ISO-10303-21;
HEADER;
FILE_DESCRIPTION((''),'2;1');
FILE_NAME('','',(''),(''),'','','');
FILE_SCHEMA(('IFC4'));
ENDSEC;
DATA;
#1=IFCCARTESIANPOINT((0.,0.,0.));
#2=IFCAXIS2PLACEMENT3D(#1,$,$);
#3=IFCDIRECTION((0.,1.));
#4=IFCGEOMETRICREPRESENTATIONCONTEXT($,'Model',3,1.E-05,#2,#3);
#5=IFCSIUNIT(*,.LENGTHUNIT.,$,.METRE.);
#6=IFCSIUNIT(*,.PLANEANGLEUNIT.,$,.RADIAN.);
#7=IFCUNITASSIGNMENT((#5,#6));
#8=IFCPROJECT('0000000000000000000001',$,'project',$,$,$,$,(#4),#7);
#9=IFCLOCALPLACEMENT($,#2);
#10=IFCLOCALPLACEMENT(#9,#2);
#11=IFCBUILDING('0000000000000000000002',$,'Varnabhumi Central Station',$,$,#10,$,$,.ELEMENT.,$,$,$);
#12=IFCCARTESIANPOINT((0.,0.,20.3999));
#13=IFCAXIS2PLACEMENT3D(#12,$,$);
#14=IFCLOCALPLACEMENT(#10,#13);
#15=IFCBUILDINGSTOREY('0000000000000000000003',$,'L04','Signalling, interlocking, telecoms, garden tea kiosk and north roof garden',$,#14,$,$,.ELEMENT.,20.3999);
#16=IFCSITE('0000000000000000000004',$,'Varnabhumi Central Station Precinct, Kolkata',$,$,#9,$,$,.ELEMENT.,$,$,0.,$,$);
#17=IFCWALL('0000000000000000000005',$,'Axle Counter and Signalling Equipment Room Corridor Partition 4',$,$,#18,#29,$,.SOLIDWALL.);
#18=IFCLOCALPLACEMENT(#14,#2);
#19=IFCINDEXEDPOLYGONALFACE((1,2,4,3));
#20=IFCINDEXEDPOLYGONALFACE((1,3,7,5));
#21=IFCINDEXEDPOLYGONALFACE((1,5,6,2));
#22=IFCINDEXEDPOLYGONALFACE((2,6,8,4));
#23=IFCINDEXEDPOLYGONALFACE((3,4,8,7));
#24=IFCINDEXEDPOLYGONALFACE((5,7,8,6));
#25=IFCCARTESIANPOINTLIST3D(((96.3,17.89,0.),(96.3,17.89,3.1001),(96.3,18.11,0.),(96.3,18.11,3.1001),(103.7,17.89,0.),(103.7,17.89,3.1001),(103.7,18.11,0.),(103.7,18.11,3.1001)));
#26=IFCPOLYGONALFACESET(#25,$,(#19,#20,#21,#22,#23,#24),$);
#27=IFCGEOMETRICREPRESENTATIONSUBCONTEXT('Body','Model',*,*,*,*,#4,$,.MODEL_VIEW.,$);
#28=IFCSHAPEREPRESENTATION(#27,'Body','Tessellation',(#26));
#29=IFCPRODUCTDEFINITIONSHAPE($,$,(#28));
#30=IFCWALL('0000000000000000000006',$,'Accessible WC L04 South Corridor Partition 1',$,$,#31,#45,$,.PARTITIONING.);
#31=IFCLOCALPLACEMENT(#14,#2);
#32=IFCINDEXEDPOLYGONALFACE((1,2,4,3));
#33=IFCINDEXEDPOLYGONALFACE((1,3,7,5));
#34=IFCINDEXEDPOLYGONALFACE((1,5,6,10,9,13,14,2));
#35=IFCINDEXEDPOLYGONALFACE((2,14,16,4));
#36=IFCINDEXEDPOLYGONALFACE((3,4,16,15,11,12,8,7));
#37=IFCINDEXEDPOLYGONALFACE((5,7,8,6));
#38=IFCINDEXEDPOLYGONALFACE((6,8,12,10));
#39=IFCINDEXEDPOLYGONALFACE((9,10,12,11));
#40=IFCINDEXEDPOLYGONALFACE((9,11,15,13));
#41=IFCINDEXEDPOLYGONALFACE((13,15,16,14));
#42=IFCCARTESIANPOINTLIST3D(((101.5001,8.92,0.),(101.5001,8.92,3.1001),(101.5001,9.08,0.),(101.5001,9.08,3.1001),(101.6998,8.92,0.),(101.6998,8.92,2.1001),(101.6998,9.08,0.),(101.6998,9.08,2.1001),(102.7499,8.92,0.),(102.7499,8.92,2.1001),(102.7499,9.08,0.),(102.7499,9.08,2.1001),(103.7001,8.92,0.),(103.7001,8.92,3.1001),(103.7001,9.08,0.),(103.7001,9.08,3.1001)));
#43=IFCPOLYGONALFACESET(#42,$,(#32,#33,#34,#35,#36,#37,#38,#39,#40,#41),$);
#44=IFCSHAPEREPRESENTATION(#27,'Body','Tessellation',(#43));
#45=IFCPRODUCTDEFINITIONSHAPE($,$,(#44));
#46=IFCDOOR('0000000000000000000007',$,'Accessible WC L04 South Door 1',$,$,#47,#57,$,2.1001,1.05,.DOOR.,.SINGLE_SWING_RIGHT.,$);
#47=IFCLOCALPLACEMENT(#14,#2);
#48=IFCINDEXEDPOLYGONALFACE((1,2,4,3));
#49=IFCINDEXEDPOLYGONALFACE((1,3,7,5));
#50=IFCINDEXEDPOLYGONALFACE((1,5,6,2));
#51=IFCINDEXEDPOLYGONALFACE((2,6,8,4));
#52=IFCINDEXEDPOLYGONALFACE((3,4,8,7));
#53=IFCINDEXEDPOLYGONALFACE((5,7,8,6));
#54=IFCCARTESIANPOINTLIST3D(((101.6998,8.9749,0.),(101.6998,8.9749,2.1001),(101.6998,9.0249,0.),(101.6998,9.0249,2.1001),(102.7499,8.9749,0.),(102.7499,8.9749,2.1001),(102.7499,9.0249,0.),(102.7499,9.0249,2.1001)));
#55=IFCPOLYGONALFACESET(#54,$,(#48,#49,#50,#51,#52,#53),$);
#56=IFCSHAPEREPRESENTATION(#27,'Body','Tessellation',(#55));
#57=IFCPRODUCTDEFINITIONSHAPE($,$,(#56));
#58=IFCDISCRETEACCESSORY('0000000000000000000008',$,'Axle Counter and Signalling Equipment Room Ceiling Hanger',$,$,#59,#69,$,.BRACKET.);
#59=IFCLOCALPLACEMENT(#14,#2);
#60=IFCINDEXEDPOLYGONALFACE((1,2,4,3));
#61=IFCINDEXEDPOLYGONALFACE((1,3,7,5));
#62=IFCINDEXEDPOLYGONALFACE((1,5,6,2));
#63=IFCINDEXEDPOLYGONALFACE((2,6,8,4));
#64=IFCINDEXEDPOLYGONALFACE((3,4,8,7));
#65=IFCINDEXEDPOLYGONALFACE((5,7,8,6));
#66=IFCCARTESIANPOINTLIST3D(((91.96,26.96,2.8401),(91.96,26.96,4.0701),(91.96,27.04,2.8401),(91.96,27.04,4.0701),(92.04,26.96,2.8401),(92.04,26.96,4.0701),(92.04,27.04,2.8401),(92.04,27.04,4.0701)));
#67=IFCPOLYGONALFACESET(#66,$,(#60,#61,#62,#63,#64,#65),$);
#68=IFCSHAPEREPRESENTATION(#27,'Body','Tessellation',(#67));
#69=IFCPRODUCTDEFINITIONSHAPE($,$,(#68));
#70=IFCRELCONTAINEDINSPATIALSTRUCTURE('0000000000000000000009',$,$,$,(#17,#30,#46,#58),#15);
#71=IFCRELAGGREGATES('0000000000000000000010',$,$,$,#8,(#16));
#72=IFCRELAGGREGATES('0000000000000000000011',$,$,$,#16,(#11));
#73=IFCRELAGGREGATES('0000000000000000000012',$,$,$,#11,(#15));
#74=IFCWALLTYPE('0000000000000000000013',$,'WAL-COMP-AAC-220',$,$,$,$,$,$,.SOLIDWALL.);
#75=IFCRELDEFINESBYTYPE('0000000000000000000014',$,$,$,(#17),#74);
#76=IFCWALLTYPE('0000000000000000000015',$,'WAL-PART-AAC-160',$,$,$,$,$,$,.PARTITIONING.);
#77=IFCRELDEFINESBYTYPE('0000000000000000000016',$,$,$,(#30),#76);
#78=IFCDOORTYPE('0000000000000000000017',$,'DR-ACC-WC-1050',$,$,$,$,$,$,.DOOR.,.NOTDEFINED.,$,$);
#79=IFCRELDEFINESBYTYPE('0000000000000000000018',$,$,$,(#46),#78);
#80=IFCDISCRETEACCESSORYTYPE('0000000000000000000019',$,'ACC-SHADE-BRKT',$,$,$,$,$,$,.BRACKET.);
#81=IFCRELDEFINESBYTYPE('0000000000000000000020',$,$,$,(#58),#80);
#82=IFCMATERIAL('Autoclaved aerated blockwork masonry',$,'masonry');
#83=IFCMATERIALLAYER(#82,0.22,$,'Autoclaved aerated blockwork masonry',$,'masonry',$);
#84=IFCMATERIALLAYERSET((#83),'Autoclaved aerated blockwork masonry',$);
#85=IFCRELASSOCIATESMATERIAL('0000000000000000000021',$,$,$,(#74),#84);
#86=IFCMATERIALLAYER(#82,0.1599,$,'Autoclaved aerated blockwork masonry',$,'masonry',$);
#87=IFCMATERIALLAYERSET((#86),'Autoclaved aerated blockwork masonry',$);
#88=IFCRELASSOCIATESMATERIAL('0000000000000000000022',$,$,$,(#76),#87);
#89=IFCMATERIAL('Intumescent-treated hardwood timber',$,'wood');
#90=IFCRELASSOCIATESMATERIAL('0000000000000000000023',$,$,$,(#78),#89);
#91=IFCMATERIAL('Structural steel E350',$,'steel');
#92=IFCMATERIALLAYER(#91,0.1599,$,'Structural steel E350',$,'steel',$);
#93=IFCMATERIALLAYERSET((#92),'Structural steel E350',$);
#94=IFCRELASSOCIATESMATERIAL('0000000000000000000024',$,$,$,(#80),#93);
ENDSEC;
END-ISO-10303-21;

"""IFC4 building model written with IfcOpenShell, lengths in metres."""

from ifc_helpers import new_model, si_unit, direction, frame, frame_2d, origin, origin_2d, place, context, subcontext, project, spatial, rectangle, extrude, material, layer, layer_set, type_object, element, fill, save


model = new_model("IFC4")

# Units and contexts
model_context = context("Model", 3, precision=1e-05, world=origin(), true_north=direction((0.0, 1.0)))
body_context = subcontext(model_context, "Body", "Model", "MODEL_VIEW")
ifc_project = project(units=[si_unit("LENGTHUNIT", "METRE"), si_unit("PLANEANGLEUNIT", "RADIAN")], contexts=[model_context])

# Site, building, storey
site_placement = place(None, origin())
site = spatial("IfcSite", under=ifc_project, at=site_placement, Name="Varnabhumi Central Station Precinct, Kolkata", CompositionType="ELEMENT", RefElevation=0.0)
building_placement = place(site_placement, origin())
building = spatial("IfcBuilding", under=site, at=building_placement, Name="Varnabhumi Central Station", CompositionType="ELEMENT")
storey_placement = place(building_placement, frame((0.0, 0.0, 20.3999)))
storey = spatial("IfcBuildingStorey", under=building, at=storey_placement, Name="L04", Description="Signalling, interlocking, telecoms, garden tea kiosk and north roof garden", CompositionType="ELEMENT", Elevation=20.3999)

# Shared definitions
ifc_material_1 = material(Name="Structural steel E350", Category="steel")

# Wall
ifc_material_2 = material(Name="Autoclaved aerated blockwork masonry", Category="masonry")
ifc_layer_1 = layer(ifc_material_2, 0.22, Name="Autoclaved aerated blockwork masonry", Category="masonry")
ifc_layer_set_1 = layer_set([ifc_layer_1], Name="Autoclaved aerated blockwork masonry")
wall_type_1 = type_object("IfcWallType", Name="WAL-COMP-AAC-220", PredefinedType="SOLIDWALL", material=ifc_layer_set_1)
for number, where, z_axis, x_axis, name in (
    (1, (96.3, 18.0, 0.0), (0.0, 0.0, 1.0), (1.0, 0.0, 0.0), "Axle Counter and Signalling Equipment Room Corridor Partition 4"),
):
    element("IfcWall", number, at=place(storey_placement, frame(where, z_axis=z_axis, x_axis=x_axis)), inside=storey, type_object=wall_type_1, Name=name, PredefinedType="SOLIDWALL", context=body_context, shape_type="SweptSolid", body=[
        extrude(rectangle(XDim=7.3999, YDim=0.22, at=frame_2d((3.7, 0.0))), origin(), (0.0, 0.0, 1.0), 3.1001),
    ])

# Wall, opening, door
ifc_material_3 = material(Name="Intumescent-treated hardwood timber", Category="wood")
ifc_layer_2 = layer(ifc_material_2, 0.1599, Name="Autoclaved aerated blockwork masonry", Category="masonry")
ifc_layer_set_2 = layer_set([ifc_layer_2], Name="Autoclaved aerated blockwork masonry")
wall_type_2 = type_object("IfcWallType", Name="WAL-PART-AAC-160", PredefinedType="PARTITIONING", material=ifc_layer_set_2)
wall_1_placement = place(storey_placement, frame((101.5, 9.0, 0.0), z_axis=(0.0, 0.0, 1.0), x_axis=(1.0, 0.0, 0.0)))
wall_1 = element("IfcWall", 2, at=wall_1_placement, inside=storey, type_object=wall_type_2, Name="Accessible WC L04 South Corridor Partition 1", PredefinedType="PARTITIONING", context=body_context, shape_type="SweptSolid", body=[
    extrude(rectangle(XDim=2.2, YDim=0.1599, at=frame_2d((1.1001, 0.0))), origin(), (0.0, 0.0, 1.0), 3.1001),
])
opening_1_placement = place(wall_1_placement, frame((0.2, 0.0, 0.0)))
opening_1 = element("IfcOpeningElement", 3, at=opening_1_placement, cuts=wall_1, PredefinedType="OPENING", context=body_context, shape_type="SweptSolid", body=[
    extrude(rectangle(XDim=1.05, YDim=2.1001, at=frame_2d((0.5249, 1.05))), frame((0.0, 0.0898, 0.0), z_axis=(0.0, -1.0, 0.0), x_axis=(1.0, 0.0, 0.0)), (0.0, 0.0, 1.0), 0.1799),
])
door_type_1 = type_object("IfcDoorType", Name="DR-ACC-WC-1050", OperationType="NOTDEFINED", PredefinedType="DOOR", material=ifc_material_3)
door_1_placement = place(opening_1_placement, origin())
door_1 = element("IfcDoor", 4, at=door_1_placement, inside=storey, type_object=door_type_1, Name="Accessible WC L04 South Door 1", OperationType="SINGLE_SWING_RIGHT", OverallHeight=2.1001, OverallWidth=1.05, PredefinedType="DOOR", context=body_context, shape_type="SweptSolid", body=[
    extrude(rectangle(XDim=1.05, YDim=2.1001, at=frame_2d((0.5249, 1.05))), frame((0.0, 0.0249, 0.0), z_axis=(0.0, -1.0, 0.0), x_axis=(1.0, 0.0, 0.0)), (0.0, 0.0, 1.0), 0.05),
])
fill(opening_1, door_1)

# Discrete accessory
ifc_layer_3 = layer(ifc_material_1, 0.1599, Name="Structural steel E350", Category="steel")
ifc_layer_set_3 = layer_set([ifc_layer_3], Name="Structural steel E350")
discrete_accessory_type = type_object("IfcDiscreteAccessoryType", Name="ACC-SHADE-BRKT", PredefinedType="BRACKET", material=ifc_layer_set_3)
discrete_accessory_placement = place(storey_placement, frame((92.0, 27.0, 2.8401), z_axis=(0.0, 0.0, 1.0), x_axis=(1.0, 0.0, 0.0)))
element("IfcDiscreteAccessory", 5, at=discrete_accessory_placement, inside=storey, type_object=discrete_accessory_type, Name="Axle Counter and Signalling Equipment Room Ceiling Hanger", PredefinedType="BRACKET", context=body_context, shape_type="SweptSolid", body=[
    extrude(rectangle(XDim=0.0801, YDim=0.0801, at=origin_2d()), origin(), (0.0, 0.0, 1.0), 1.23),
])

save(model, "model.ifc")
